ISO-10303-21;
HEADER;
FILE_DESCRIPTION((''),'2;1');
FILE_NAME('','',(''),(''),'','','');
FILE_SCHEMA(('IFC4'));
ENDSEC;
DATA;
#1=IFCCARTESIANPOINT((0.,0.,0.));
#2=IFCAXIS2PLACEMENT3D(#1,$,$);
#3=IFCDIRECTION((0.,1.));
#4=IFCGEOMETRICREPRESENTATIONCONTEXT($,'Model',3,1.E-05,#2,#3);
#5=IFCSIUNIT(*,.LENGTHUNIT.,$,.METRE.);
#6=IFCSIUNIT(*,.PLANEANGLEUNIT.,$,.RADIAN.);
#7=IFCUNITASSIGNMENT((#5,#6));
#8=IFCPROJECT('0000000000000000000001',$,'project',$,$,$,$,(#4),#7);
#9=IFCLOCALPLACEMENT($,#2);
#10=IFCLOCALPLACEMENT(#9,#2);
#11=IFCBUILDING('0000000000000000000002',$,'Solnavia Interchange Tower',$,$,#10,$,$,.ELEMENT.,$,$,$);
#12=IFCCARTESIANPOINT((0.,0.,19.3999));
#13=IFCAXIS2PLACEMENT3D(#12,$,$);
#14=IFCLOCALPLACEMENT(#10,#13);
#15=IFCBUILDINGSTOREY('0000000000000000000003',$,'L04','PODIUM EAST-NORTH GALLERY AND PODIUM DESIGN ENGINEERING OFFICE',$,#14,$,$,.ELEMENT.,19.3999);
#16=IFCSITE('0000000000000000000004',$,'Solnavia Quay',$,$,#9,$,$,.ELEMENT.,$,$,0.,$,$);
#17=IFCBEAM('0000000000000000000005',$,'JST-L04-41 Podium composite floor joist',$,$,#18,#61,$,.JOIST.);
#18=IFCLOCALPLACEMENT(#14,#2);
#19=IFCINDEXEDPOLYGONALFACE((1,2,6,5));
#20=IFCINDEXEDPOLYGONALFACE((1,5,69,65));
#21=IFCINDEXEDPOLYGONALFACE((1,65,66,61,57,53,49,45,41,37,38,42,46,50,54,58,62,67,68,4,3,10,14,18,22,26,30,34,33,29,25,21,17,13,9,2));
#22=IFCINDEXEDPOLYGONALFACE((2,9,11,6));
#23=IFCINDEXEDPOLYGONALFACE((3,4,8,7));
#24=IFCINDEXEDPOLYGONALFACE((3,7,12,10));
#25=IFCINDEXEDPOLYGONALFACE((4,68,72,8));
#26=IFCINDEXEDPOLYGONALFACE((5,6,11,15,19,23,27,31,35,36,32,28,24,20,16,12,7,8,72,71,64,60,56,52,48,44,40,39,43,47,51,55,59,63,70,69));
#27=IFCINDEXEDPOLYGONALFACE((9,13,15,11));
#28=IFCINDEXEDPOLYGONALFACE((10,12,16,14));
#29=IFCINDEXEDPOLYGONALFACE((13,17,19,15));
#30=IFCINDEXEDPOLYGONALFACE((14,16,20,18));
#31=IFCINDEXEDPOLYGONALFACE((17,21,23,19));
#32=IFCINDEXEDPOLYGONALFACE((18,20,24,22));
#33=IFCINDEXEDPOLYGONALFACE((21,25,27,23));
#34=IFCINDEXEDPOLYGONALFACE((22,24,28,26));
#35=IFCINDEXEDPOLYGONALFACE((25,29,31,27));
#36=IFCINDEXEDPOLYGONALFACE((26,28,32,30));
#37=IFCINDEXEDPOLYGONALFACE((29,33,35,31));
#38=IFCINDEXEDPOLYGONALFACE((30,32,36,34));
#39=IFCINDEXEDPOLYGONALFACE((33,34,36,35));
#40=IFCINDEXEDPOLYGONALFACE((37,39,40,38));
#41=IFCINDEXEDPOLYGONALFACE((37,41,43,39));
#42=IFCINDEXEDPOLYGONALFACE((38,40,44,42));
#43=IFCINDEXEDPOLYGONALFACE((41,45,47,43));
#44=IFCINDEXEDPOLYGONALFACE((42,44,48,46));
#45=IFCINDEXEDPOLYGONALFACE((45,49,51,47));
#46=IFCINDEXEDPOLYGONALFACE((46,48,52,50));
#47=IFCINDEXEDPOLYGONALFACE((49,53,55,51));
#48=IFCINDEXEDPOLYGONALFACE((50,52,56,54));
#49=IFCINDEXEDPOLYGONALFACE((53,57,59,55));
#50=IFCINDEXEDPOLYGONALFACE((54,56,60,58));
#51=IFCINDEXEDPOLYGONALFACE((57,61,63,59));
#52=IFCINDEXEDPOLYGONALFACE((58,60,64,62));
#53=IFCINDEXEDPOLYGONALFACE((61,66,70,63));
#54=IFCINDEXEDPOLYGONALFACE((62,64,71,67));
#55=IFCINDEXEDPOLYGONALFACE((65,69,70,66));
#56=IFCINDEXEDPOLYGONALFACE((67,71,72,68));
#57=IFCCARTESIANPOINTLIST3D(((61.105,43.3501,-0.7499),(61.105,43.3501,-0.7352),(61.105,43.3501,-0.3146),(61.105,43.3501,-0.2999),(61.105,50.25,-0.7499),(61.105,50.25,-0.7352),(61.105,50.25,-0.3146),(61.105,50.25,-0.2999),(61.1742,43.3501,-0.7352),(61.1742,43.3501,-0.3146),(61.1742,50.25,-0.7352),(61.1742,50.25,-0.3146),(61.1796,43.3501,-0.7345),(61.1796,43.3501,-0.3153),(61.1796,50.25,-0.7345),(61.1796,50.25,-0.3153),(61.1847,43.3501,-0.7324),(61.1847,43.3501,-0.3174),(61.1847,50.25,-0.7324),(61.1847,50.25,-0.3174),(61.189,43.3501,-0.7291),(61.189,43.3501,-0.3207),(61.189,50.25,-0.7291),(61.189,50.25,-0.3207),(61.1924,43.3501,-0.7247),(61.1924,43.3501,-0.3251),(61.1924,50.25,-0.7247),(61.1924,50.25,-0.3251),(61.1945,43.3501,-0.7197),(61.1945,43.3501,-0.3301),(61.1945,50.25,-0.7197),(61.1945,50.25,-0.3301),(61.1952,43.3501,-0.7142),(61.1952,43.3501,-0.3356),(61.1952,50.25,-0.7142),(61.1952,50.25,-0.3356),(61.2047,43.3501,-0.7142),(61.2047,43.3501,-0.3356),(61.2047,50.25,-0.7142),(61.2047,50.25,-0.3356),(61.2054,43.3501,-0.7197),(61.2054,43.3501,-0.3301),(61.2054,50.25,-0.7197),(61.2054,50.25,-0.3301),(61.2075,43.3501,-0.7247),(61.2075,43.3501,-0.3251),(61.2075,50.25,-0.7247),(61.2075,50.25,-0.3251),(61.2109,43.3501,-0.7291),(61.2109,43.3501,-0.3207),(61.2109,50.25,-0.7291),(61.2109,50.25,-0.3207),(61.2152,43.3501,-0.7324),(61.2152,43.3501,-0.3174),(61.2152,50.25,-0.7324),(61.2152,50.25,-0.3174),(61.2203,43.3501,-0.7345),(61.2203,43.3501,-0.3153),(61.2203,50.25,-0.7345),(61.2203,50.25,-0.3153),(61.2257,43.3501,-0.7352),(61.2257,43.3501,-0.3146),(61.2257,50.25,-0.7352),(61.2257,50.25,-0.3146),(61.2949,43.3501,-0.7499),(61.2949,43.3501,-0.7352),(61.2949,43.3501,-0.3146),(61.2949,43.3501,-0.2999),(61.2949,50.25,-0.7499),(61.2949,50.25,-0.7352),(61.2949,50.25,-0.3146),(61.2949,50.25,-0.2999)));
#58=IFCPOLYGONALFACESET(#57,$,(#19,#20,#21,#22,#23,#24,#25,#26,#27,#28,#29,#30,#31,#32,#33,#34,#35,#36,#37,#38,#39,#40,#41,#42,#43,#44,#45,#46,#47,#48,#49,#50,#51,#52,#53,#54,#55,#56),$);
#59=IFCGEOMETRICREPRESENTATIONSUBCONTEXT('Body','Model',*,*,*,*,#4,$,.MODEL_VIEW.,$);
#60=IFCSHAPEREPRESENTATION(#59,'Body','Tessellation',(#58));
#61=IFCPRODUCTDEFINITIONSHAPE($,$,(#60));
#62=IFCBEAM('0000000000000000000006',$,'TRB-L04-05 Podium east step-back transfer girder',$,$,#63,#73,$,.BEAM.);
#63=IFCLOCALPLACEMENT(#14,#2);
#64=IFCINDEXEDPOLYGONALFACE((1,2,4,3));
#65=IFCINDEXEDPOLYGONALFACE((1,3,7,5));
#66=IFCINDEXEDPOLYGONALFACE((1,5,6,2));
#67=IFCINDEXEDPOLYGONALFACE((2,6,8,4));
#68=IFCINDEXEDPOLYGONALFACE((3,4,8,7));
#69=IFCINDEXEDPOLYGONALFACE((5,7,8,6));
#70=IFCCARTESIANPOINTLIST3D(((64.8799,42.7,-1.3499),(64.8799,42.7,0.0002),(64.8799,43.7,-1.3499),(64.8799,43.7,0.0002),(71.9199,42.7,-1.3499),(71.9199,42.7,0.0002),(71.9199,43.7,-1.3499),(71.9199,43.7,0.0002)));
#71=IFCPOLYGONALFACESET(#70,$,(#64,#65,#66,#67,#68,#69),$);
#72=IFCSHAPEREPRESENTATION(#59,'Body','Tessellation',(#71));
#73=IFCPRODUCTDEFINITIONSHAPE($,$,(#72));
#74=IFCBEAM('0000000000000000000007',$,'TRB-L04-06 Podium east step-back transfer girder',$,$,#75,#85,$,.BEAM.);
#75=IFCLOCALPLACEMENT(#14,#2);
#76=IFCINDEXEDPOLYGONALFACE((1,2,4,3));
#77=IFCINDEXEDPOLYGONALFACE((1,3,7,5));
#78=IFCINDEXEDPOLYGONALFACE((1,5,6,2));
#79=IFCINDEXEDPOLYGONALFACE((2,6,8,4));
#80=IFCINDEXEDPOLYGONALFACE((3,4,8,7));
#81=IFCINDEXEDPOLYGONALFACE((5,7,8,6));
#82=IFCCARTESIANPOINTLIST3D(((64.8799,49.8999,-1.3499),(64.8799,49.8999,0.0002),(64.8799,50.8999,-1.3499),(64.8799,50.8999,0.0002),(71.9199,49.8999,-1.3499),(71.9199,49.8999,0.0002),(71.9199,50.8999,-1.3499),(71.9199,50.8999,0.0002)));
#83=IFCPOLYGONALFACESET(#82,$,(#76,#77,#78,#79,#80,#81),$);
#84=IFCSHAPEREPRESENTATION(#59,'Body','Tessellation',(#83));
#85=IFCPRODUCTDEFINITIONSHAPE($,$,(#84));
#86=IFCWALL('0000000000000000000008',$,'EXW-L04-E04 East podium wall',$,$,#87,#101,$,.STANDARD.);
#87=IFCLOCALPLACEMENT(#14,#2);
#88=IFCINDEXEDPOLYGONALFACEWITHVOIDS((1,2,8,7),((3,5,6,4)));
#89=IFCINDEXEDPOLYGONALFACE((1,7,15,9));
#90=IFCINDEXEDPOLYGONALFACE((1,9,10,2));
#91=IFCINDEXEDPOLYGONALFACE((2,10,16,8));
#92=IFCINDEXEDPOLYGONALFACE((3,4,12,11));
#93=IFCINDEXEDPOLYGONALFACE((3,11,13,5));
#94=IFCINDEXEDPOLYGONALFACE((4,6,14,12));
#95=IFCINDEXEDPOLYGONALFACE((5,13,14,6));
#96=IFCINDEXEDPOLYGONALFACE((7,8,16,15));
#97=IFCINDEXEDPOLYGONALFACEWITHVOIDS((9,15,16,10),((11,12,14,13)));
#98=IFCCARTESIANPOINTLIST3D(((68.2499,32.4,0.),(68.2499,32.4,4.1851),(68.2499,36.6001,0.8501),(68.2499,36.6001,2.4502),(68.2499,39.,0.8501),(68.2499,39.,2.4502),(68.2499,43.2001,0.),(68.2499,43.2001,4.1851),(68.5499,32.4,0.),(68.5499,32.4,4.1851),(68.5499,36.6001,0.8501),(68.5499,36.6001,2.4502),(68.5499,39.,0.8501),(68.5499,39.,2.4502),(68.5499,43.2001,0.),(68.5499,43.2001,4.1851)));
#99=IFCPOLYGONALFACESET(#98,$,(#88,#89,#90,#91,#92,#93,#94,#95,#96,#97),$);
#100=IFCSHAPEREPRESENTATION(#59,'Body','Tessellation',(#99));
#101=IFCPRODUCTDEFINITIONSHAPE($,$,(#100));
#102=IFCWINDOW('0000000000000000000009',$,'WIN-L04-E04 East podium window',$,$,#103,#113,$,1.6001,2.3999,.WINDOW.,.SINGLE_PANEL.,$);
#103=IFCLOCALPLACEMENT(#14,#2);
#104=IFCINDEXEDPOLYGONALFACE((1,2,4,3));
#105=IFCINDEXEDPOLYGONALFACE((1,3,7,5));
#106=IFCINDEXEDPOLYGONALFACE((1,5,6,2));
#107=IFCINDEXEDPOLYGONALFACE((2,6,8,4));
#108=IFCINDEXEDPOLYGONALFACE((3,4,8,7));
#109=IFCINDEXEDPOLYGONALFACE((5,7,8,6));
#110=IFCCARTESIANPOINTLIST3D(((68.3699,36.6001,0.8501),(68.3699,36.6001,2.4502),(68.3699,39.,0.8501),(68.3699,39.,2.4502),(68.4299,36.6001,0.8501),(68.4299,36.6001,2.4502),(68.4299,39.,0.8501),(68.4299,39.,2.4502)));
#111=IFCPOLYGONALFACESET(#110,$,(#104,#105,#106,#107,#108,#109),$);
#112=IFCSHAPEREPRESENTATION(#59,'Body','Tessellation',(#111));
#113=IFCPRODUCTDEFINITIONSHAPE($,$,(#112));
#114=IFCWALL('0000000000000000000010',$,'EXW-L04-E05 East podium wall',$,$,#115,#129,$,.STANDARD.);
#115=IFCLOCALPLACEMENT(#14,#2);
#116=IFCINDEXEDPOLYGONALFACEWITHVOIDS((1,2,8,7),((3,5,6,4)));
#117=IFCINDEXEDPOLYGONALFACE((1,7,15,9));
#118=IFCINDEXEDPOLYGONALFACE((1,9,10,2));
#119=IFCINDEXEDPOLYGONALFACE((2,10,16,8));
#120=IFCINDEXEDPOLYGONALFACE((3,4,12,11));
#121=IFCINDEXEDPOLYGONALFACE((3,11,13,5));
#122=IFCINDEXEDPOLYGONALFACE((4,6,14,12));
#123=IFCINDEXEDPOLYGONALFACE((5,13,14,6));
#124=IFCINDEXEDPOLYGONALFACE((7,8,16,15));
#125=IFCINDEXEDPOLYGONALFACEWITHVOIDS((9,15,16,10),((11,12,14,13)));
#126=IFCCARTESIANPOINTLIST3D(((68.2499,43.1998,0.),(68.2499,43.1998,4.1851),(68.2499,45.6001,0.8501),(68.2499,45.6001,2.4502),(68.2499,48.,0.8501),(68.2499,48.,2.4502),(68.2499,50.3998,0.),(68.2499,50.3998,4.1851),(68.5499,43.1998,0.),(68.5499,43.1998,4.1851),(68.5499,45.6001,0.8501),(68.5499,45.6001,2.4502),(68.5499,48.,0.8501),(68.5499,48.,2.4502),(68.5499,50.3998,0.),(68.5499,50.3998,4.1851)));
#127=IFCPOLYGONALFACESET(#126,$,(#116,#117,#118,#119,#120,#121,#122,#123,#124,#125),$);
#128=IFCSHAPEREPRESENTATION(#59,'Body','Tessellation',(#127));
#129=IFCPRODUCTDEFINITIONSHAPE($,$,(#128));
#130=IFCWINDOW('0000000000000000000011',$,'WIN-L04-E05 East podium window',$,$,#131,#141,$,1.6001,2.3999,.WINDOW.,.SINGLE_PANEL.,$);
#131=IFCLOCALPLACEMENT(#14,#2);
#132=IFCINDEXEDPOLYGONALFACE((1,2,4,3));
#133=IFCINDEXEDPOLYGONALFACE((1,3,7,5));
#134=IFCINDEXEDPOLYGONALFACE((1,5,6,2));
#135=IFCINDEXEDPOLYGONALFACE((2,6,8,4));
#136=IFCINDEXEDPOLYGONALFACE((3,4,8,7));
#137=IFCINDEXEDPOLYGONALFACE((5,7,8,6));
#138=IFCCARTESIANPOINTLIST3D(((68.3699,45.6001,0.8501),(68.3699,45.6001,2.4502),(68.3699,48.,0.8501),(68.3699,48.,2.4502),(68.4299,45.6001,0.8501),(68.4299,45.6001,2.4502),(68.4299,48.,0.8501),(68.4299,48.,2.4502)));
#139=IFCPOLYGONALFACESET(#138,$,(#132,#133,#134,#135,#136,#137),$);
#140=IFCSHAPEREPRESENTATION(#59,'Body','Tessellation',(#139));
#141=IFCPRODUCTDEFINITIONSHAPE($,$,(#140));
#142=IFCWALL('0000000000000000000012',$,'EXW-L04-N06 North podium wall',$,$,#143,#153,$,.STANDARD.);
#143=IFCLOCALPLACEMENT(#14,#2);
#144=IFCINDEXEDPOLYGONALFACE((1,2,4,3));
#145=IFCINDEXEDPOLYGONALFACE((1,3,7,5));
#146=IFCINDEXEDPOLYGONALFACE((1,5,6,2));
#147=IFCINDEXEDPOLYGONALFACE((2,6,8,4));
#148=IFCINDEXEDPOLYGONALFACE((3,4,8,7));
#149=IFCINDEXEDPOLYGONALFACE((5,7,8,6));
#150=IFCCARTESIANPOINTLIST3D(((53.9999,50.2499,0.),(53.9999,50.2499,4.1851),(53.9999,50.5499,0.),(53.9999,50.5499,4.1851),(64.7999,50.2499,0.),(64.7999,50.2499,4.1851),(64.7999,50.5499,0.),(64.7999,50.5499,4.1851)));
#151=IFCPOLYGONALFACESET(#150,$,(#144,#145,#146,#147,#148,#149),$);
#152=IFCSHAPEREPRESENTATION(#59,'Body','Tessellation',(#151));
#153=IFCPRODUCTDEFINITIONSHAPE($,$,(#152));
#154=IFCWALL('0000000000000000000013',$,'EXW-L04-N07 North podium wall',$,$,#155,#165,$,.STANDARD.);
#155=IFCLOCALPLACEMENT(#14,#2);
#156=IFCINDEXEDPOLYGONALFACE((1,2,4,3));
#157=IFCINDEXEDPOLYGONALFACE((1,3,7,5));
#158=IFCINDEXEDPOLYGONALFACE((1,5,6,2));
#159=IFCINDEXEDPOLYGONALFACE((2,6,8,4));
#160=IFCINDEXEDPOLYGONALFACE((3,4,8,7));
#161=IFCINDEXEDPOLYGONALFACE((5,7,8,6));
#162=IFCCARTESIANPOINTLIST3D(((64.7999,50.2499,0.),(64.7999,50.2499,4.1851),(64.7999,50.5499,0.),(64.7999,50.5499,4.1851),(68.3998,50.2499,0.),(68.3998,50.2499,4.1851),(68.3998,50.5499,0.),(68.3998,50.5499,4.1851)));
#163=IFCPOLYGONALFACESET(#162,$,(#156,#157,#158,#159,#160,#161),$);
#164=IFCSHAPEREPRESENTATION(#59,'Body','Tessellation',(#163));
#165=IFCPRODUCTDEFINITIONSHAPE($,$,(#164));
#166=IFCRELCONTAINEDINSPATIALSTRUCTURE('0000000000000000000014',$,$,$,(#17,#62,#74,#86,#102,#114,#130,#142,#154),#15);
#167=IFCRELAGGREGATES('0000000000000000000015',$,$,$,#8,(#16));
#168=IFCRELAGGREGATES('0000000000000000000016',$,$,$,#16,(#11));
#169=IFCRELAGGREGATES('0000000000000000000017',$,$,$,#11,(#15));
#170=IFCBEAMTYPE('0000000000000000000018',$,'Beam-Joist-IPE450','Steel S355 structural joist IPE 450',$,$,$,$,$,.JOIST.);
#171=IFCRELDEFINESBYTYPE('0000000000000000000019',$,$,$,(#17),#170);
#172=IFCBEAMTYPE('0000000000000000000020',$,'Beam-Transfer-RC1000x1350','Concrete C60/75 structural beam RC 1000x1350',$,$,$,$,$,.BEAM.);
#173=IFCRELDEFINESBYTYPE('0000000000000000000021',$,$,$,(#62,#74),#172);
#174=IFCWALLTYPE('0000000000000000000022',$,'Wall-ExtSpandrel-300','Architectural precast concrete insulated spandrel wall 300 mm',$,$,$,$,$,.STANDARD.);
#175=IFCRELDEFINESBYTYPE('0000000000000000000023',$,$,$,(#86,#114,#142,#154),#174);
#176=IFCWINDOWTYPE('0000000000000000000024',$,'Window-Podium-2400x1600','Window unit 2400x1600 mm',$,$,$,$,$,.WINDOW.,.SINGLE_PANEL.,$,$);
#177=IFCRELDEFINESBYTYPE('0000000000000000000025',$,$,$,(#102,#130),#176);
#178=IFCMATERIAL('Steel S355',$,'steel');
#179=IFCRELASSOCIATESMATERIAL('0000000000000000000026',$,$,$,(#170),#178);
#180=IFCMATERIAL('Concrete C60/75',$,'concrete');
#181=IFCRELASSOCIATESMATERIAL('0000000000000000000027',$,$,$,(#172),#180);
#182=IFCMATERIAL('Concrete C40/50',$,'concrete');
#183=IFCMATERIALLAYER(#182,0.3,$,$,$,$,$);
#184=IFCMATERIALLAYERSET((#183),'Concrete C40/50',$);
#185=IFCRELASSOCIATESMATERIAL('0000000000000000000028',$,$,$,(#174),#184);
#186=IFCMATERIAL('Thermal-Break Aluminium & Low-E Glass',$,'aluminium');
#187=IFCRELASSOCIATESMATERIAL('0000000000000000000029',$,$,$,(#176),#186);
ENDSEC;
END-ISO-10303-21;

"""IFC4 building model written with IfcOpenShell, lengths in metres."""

from ifc_helpers import new_model, si_unit, direction, frame, frame_2d, origin, origin_2d, place, context, subcontext, project, spatial, rectangle, i_section, extrude, material, layer, layer_set, material_profile, profile_set, type_object, element, fill, save


model = new_model("IFC4")

# Units and contexts
model_context = context("Model", 3, precision=1e-05, world=origin(), true_north=direction((0.0, 1.0)))
body_context = subcontext(model_context, "Body", "Model", "MODEL_VIEW")
ifc_project = project(units=[si_unit("LENGTHUNIT", "METRE"), si_unit("PLANEANGLEUNIT", "RADIAN")], contexts=[model_context])

# Site, building, storey
site_placement = place(None, origin())
site = spatial("IfcSite", under=ifc_project, at=site_placement, Name="Solnavia Quay", CompositionType="ELEMENT", RefElevation=0.0)
building_placement = place(site_placement, origin())
building = spatial("IfcBuilding", under=site, at=building_placement, Name="Solnavia Interchange Tower", CompositionType="ELEMENT")
storey_placement = place(building_placement, frame((0.0, 0.0, 19.3999)))
storey = spatial("IfcBuildingStorey", under=building, at=storey_placement, Name="L04", Description="PODIUM EAST-NORTH GALLERY AND PODIUM DESIGN ENGINEERING OFFICE", CompositionType="ELEMENT", Elevation=19.3999)

# Shared definitions
ifc_material_1 = material(Name="Concrete C60/75", Category="concrete")

# Beams
ifc_material_2 = material(Name="Steel S355", Category="steel")
ifc_material_profile_1 = material_profile(ifc_material_2, i_section(OverallWidth=0.1899, OverallDepth=0.45, WebThickness=0.0095, FlangeThickness=0.0146, FilletRadius=0.021, at=origin_2d()), Name="IPE 450")
ifc_profile_set_1 = profile_set([ifc_material_profile_1], Name="Steel S355")
beam_type_1 = type_object("IfcBeamType", Name="Beam-Joist-IPE450", Description="Steel S355 structural joist IPE 450", PredefinedType="JOIST", material=ifc_profile_set_1)
for number, where, z_axis, x_axis, name in (
    (1, (61.2, 43.3501, -0.5249), (0.0, 1.0, 0.0), (-1.0, 0.0, 0.0), "JST-L04-41 Podium composite floor joist"),
):
    element("IfcBeam", number, at=place(storey_placement, frame(where, z_axis=z_axis, x_axis=x_axis)), inside=storey, type_object=beam_type_1, Name=name, PredefinedType="JOIST", context=body_context, shape_type="SweptSolid", body=[
        extrude(i_section(OverallWidth=0.1899, OverallDepth=0.45, WebThickness=0.0095, FlangeThickness=0.0146, FilletRadius=0.021, at=origin_2d()), origin(), (0.0, 0.0, 1.0), 6.8999),
    ])
ifc_material_profile_2 = material_profile(ifc_material_1, rectangle(XDim=1.0, YDim=1.3501, at=origin_2d()), Name="RC 1000x1350")
ifc_profile_set_2 = profile_set([ifc_material_profile_2], Name="Concrete C60/75")
beam_type_2 = type_object("IfcBeamType", Name="Beam-Transfer-RC1000x1350", Description="Concrete C60/75 structural beam RC 1000x1350", PredefinedType="BEAM", material=ifc_profile_set_2)
for number, where, z_axis, x_axis, name in (
    (2, (64.8799, 43.2, -0.6748), (1.0, 0.0, 0.0), (0.0, 1.0, 0.0), "TRB-L04-05 Podium east step-back transfer girder"),
    (3, (64.8799, 50.3999, -0.6748), (1.0, 0.0, 0.0), (0.0, 1.0, 0.0), "TRB-L04-06 Podium east step-back transfer girder"),
):
    element("IfcBeam", number, at=place(storey_placement, frame(where, z_axis=z_axis, x_axis=x_axis)), inside=storey, type_object=beam_type_2, Name=name, PredefinedType="BEAM", context=body_context, shape_type="SweptSolid", body=[
        extrude(rectangle(XDim=1.0, YDim=1.3501, at=origin_2d()), origin(), (0.0, 0.0, 1.0), 7.04),
    ])

# Walls, openings, windows
ifc_material_3 = material(Name="Concrete C40/50", Category="concrete")
ifc_layer = layer(ifc_material_3, 0.3)
ifc_layer_set = layer_set([ifc_layer], Name="Concrete C40/50")
wall_type = type_object("IfcWallType", Name="Wall-ExtSpandrel-300", Description="Architectural precast concrete insulated spandrel wall 300 mm", PredefinedType="STANDARD", material=ifc_layer_set)
wall_1_placement = place(storey_placement, frame((68.3999, 43.2, 0.0), z_axis=(0.0, 0.0, 1.0), x_axis=(0.0, -1.0, 0.0)))
wall_1 = element("IfcWall", 4, at=wall_1_placement, inside=storey, type_object=wall_type, Name="EXW-L04-E04 East podium wall", PredefinedType="STANDARD", context=body_context, shape_type="SweptSolid", body=[
    extrude(rectangle(XDim=10.8, YDim=0.3, at=frame_2d((5.3999, 0.0))), origin(), (0.0, 0.0, 1.0), 4.1851),
])
opening_1_placement = place(wall_1_placement, frame((4.2, 0.0, 0.8501)))
opening_1 = element("IfcOpeningElement", 5, at=opening_1_placement, cuts=wall_1, PredefinedType="OPENING", context=body_context, shape_type="SweptSolid", body=[
    extrude(rectangle(XDim=2.3999, YDim=1.6001, at=frame_2d((1.2, 0.8))), frame((0.0, 0.1602, 0.0), z_axis=(0.0, -1.0, 0.0), x_axis=(1.0, 0.0, 0.0)), (0.0, 0.0, 1.0), 0.3201),
])
ifc_material_4 = material(Name="Thermal-Break Aluminium & Low-E Glass", Category="aluminium")
window_type = type_object("IfcWindowType", Name="Window-Podium-2400x1600", Description="Window unit 2400x1600 mm", PartitioningType="SINGLE_PANEL", PredefinedType="WINDOW", material=ifc_material_4)
window_1_placement = place(opening_1_placement, origin())
window_1 = element("IfcWindow", 6, at=window_1_placement, inside=storey, type_object=window_type, Name="WIN-L04-E04 East podium window", OverallHeight=1.6001, OverallWidth=2.3999, PartitioningType="SINGLE_PANEL", PredefinedType="WINDOW", context=body_context, shape_type="SweptSolid", body=[
    extrude(rectangle(XDim=2.3999, YDim=1.6001, at=frame_2d((1.2, 0.8))), frame((0.0, 0.03, 0.0), z_axis=(0.0, -1.0, 0.0), x_axis=(1.0, 0.0, 0.0)), (0.0, 0.0, 1.0), 0.0601),
])
fill(opening_1, window_1)
wall_2_placement = place(storey_placement, frame((68.3999, 50.3999, 0.0), z_axis=(0.0, 0.0, 1.0), x_axis=(0.0, -1.0, 0.0)))
wall_2 = element("IfcWall", 7, at=wall_2_placement, inside=storey, type_object=wall_type, Name="EXW-L04-E05 East podium wall", PredefinedType="STANDARD", context=body_context, shape_type="SweptSolid", body=[
    extrude(rectangle(XDim=7.2, YDim=0.3, at=frame_2d((3.6001, 0.0))), origin(), (0.0, 0.0, 1.0), 4.1851),
])
opening_2_placement = place(wall_2_placement, frame((2.3999, 0.0, 0.8501)))
opening_2 = element("IfcOpeningElement", 8, at=opening_2_placement, cuts=wall_2, PredefinedType="OPENING", context=body_context, shape_type="SweptSolid", body=[
    extrude(rectangle(XDim=2.3999, YDim=1.6001, at=frame_2d((1.2, 0.8))), frame((0.0, 0.1602, 0.0), z_axis=(0.0, -1.0, 0.0), x_axis=(1.0, 0.0, 0.0)), (0.0, 0.0, 1.0), 0.3201),
])
window_2_placement = place(opening_2_placement, origin())
window_2 = element("IfcWindow", 9, at=window_2_placement, inside=storey, type_object=window_type, Name="WIN-L04-E05 East podium window", OverallHeight=1.6001, OverallWidth=2.3999, PartitioningType="SINGLE_PANEL", PredefinedType="WINDOW", context=body_context, shape_type="SweptSolid", body=[
    extrude(rectangle(XDim=2.3999, YDim=1.6001, at=frame_2d((1.2, 0.8))), frame((0.0, 0.03, 0.0), z_axis=(0.0, -1.0, 0.0), x_axis=(1.0, 0.0, 0.0)), (0.0, 0.0, 1.0), 0.0601),
])
fill(opening_2, window_2)

# Walls
wall_3_placement = place(storey_placement, frame((54.0, 50.3999, 0.0), z_axis=(0.0, 0.0, 1.0), x_axis=(1.0, 0.0, 0.0)))
element("IfcWall", 10, at=wall_3_placement, inside=storey, type_object=wall_type, Name="EXW-L04-N06 North podium wall", PredefinedType="STANDARD", context=body_context, shape_type="SweptSolid", body=[
    extrude(rectangle(XDim=10.8, YDim=0.3, at=frame_2d((5.3999, 0.0))), origin(), (0.0, 0.0, 1.0), 4.1851),
])
wall_4_placement = place(storey_placement, frame((64.8, 50.3999, 0.0), z_axis=(0.0, 0.0, 1.0), x_axis=(1.0, 0.0, 0.0)))
element("IfcWall", 11, at=wall_4_placement, inside=storey, type_object=wall_type, Name="EXW-L04-N07 North podium wall", PredefinedType="STANDARD", context=body_context, shape_type="SweptSolid", body=[
    extrude(rectangle(XDim=3.5999, YDim=0.3, at=frame_2d((1.7998, 0.0))), origin(), (0.0, 0.0, 1.0), 4.1851),
])

save(model, "model.ifc")
